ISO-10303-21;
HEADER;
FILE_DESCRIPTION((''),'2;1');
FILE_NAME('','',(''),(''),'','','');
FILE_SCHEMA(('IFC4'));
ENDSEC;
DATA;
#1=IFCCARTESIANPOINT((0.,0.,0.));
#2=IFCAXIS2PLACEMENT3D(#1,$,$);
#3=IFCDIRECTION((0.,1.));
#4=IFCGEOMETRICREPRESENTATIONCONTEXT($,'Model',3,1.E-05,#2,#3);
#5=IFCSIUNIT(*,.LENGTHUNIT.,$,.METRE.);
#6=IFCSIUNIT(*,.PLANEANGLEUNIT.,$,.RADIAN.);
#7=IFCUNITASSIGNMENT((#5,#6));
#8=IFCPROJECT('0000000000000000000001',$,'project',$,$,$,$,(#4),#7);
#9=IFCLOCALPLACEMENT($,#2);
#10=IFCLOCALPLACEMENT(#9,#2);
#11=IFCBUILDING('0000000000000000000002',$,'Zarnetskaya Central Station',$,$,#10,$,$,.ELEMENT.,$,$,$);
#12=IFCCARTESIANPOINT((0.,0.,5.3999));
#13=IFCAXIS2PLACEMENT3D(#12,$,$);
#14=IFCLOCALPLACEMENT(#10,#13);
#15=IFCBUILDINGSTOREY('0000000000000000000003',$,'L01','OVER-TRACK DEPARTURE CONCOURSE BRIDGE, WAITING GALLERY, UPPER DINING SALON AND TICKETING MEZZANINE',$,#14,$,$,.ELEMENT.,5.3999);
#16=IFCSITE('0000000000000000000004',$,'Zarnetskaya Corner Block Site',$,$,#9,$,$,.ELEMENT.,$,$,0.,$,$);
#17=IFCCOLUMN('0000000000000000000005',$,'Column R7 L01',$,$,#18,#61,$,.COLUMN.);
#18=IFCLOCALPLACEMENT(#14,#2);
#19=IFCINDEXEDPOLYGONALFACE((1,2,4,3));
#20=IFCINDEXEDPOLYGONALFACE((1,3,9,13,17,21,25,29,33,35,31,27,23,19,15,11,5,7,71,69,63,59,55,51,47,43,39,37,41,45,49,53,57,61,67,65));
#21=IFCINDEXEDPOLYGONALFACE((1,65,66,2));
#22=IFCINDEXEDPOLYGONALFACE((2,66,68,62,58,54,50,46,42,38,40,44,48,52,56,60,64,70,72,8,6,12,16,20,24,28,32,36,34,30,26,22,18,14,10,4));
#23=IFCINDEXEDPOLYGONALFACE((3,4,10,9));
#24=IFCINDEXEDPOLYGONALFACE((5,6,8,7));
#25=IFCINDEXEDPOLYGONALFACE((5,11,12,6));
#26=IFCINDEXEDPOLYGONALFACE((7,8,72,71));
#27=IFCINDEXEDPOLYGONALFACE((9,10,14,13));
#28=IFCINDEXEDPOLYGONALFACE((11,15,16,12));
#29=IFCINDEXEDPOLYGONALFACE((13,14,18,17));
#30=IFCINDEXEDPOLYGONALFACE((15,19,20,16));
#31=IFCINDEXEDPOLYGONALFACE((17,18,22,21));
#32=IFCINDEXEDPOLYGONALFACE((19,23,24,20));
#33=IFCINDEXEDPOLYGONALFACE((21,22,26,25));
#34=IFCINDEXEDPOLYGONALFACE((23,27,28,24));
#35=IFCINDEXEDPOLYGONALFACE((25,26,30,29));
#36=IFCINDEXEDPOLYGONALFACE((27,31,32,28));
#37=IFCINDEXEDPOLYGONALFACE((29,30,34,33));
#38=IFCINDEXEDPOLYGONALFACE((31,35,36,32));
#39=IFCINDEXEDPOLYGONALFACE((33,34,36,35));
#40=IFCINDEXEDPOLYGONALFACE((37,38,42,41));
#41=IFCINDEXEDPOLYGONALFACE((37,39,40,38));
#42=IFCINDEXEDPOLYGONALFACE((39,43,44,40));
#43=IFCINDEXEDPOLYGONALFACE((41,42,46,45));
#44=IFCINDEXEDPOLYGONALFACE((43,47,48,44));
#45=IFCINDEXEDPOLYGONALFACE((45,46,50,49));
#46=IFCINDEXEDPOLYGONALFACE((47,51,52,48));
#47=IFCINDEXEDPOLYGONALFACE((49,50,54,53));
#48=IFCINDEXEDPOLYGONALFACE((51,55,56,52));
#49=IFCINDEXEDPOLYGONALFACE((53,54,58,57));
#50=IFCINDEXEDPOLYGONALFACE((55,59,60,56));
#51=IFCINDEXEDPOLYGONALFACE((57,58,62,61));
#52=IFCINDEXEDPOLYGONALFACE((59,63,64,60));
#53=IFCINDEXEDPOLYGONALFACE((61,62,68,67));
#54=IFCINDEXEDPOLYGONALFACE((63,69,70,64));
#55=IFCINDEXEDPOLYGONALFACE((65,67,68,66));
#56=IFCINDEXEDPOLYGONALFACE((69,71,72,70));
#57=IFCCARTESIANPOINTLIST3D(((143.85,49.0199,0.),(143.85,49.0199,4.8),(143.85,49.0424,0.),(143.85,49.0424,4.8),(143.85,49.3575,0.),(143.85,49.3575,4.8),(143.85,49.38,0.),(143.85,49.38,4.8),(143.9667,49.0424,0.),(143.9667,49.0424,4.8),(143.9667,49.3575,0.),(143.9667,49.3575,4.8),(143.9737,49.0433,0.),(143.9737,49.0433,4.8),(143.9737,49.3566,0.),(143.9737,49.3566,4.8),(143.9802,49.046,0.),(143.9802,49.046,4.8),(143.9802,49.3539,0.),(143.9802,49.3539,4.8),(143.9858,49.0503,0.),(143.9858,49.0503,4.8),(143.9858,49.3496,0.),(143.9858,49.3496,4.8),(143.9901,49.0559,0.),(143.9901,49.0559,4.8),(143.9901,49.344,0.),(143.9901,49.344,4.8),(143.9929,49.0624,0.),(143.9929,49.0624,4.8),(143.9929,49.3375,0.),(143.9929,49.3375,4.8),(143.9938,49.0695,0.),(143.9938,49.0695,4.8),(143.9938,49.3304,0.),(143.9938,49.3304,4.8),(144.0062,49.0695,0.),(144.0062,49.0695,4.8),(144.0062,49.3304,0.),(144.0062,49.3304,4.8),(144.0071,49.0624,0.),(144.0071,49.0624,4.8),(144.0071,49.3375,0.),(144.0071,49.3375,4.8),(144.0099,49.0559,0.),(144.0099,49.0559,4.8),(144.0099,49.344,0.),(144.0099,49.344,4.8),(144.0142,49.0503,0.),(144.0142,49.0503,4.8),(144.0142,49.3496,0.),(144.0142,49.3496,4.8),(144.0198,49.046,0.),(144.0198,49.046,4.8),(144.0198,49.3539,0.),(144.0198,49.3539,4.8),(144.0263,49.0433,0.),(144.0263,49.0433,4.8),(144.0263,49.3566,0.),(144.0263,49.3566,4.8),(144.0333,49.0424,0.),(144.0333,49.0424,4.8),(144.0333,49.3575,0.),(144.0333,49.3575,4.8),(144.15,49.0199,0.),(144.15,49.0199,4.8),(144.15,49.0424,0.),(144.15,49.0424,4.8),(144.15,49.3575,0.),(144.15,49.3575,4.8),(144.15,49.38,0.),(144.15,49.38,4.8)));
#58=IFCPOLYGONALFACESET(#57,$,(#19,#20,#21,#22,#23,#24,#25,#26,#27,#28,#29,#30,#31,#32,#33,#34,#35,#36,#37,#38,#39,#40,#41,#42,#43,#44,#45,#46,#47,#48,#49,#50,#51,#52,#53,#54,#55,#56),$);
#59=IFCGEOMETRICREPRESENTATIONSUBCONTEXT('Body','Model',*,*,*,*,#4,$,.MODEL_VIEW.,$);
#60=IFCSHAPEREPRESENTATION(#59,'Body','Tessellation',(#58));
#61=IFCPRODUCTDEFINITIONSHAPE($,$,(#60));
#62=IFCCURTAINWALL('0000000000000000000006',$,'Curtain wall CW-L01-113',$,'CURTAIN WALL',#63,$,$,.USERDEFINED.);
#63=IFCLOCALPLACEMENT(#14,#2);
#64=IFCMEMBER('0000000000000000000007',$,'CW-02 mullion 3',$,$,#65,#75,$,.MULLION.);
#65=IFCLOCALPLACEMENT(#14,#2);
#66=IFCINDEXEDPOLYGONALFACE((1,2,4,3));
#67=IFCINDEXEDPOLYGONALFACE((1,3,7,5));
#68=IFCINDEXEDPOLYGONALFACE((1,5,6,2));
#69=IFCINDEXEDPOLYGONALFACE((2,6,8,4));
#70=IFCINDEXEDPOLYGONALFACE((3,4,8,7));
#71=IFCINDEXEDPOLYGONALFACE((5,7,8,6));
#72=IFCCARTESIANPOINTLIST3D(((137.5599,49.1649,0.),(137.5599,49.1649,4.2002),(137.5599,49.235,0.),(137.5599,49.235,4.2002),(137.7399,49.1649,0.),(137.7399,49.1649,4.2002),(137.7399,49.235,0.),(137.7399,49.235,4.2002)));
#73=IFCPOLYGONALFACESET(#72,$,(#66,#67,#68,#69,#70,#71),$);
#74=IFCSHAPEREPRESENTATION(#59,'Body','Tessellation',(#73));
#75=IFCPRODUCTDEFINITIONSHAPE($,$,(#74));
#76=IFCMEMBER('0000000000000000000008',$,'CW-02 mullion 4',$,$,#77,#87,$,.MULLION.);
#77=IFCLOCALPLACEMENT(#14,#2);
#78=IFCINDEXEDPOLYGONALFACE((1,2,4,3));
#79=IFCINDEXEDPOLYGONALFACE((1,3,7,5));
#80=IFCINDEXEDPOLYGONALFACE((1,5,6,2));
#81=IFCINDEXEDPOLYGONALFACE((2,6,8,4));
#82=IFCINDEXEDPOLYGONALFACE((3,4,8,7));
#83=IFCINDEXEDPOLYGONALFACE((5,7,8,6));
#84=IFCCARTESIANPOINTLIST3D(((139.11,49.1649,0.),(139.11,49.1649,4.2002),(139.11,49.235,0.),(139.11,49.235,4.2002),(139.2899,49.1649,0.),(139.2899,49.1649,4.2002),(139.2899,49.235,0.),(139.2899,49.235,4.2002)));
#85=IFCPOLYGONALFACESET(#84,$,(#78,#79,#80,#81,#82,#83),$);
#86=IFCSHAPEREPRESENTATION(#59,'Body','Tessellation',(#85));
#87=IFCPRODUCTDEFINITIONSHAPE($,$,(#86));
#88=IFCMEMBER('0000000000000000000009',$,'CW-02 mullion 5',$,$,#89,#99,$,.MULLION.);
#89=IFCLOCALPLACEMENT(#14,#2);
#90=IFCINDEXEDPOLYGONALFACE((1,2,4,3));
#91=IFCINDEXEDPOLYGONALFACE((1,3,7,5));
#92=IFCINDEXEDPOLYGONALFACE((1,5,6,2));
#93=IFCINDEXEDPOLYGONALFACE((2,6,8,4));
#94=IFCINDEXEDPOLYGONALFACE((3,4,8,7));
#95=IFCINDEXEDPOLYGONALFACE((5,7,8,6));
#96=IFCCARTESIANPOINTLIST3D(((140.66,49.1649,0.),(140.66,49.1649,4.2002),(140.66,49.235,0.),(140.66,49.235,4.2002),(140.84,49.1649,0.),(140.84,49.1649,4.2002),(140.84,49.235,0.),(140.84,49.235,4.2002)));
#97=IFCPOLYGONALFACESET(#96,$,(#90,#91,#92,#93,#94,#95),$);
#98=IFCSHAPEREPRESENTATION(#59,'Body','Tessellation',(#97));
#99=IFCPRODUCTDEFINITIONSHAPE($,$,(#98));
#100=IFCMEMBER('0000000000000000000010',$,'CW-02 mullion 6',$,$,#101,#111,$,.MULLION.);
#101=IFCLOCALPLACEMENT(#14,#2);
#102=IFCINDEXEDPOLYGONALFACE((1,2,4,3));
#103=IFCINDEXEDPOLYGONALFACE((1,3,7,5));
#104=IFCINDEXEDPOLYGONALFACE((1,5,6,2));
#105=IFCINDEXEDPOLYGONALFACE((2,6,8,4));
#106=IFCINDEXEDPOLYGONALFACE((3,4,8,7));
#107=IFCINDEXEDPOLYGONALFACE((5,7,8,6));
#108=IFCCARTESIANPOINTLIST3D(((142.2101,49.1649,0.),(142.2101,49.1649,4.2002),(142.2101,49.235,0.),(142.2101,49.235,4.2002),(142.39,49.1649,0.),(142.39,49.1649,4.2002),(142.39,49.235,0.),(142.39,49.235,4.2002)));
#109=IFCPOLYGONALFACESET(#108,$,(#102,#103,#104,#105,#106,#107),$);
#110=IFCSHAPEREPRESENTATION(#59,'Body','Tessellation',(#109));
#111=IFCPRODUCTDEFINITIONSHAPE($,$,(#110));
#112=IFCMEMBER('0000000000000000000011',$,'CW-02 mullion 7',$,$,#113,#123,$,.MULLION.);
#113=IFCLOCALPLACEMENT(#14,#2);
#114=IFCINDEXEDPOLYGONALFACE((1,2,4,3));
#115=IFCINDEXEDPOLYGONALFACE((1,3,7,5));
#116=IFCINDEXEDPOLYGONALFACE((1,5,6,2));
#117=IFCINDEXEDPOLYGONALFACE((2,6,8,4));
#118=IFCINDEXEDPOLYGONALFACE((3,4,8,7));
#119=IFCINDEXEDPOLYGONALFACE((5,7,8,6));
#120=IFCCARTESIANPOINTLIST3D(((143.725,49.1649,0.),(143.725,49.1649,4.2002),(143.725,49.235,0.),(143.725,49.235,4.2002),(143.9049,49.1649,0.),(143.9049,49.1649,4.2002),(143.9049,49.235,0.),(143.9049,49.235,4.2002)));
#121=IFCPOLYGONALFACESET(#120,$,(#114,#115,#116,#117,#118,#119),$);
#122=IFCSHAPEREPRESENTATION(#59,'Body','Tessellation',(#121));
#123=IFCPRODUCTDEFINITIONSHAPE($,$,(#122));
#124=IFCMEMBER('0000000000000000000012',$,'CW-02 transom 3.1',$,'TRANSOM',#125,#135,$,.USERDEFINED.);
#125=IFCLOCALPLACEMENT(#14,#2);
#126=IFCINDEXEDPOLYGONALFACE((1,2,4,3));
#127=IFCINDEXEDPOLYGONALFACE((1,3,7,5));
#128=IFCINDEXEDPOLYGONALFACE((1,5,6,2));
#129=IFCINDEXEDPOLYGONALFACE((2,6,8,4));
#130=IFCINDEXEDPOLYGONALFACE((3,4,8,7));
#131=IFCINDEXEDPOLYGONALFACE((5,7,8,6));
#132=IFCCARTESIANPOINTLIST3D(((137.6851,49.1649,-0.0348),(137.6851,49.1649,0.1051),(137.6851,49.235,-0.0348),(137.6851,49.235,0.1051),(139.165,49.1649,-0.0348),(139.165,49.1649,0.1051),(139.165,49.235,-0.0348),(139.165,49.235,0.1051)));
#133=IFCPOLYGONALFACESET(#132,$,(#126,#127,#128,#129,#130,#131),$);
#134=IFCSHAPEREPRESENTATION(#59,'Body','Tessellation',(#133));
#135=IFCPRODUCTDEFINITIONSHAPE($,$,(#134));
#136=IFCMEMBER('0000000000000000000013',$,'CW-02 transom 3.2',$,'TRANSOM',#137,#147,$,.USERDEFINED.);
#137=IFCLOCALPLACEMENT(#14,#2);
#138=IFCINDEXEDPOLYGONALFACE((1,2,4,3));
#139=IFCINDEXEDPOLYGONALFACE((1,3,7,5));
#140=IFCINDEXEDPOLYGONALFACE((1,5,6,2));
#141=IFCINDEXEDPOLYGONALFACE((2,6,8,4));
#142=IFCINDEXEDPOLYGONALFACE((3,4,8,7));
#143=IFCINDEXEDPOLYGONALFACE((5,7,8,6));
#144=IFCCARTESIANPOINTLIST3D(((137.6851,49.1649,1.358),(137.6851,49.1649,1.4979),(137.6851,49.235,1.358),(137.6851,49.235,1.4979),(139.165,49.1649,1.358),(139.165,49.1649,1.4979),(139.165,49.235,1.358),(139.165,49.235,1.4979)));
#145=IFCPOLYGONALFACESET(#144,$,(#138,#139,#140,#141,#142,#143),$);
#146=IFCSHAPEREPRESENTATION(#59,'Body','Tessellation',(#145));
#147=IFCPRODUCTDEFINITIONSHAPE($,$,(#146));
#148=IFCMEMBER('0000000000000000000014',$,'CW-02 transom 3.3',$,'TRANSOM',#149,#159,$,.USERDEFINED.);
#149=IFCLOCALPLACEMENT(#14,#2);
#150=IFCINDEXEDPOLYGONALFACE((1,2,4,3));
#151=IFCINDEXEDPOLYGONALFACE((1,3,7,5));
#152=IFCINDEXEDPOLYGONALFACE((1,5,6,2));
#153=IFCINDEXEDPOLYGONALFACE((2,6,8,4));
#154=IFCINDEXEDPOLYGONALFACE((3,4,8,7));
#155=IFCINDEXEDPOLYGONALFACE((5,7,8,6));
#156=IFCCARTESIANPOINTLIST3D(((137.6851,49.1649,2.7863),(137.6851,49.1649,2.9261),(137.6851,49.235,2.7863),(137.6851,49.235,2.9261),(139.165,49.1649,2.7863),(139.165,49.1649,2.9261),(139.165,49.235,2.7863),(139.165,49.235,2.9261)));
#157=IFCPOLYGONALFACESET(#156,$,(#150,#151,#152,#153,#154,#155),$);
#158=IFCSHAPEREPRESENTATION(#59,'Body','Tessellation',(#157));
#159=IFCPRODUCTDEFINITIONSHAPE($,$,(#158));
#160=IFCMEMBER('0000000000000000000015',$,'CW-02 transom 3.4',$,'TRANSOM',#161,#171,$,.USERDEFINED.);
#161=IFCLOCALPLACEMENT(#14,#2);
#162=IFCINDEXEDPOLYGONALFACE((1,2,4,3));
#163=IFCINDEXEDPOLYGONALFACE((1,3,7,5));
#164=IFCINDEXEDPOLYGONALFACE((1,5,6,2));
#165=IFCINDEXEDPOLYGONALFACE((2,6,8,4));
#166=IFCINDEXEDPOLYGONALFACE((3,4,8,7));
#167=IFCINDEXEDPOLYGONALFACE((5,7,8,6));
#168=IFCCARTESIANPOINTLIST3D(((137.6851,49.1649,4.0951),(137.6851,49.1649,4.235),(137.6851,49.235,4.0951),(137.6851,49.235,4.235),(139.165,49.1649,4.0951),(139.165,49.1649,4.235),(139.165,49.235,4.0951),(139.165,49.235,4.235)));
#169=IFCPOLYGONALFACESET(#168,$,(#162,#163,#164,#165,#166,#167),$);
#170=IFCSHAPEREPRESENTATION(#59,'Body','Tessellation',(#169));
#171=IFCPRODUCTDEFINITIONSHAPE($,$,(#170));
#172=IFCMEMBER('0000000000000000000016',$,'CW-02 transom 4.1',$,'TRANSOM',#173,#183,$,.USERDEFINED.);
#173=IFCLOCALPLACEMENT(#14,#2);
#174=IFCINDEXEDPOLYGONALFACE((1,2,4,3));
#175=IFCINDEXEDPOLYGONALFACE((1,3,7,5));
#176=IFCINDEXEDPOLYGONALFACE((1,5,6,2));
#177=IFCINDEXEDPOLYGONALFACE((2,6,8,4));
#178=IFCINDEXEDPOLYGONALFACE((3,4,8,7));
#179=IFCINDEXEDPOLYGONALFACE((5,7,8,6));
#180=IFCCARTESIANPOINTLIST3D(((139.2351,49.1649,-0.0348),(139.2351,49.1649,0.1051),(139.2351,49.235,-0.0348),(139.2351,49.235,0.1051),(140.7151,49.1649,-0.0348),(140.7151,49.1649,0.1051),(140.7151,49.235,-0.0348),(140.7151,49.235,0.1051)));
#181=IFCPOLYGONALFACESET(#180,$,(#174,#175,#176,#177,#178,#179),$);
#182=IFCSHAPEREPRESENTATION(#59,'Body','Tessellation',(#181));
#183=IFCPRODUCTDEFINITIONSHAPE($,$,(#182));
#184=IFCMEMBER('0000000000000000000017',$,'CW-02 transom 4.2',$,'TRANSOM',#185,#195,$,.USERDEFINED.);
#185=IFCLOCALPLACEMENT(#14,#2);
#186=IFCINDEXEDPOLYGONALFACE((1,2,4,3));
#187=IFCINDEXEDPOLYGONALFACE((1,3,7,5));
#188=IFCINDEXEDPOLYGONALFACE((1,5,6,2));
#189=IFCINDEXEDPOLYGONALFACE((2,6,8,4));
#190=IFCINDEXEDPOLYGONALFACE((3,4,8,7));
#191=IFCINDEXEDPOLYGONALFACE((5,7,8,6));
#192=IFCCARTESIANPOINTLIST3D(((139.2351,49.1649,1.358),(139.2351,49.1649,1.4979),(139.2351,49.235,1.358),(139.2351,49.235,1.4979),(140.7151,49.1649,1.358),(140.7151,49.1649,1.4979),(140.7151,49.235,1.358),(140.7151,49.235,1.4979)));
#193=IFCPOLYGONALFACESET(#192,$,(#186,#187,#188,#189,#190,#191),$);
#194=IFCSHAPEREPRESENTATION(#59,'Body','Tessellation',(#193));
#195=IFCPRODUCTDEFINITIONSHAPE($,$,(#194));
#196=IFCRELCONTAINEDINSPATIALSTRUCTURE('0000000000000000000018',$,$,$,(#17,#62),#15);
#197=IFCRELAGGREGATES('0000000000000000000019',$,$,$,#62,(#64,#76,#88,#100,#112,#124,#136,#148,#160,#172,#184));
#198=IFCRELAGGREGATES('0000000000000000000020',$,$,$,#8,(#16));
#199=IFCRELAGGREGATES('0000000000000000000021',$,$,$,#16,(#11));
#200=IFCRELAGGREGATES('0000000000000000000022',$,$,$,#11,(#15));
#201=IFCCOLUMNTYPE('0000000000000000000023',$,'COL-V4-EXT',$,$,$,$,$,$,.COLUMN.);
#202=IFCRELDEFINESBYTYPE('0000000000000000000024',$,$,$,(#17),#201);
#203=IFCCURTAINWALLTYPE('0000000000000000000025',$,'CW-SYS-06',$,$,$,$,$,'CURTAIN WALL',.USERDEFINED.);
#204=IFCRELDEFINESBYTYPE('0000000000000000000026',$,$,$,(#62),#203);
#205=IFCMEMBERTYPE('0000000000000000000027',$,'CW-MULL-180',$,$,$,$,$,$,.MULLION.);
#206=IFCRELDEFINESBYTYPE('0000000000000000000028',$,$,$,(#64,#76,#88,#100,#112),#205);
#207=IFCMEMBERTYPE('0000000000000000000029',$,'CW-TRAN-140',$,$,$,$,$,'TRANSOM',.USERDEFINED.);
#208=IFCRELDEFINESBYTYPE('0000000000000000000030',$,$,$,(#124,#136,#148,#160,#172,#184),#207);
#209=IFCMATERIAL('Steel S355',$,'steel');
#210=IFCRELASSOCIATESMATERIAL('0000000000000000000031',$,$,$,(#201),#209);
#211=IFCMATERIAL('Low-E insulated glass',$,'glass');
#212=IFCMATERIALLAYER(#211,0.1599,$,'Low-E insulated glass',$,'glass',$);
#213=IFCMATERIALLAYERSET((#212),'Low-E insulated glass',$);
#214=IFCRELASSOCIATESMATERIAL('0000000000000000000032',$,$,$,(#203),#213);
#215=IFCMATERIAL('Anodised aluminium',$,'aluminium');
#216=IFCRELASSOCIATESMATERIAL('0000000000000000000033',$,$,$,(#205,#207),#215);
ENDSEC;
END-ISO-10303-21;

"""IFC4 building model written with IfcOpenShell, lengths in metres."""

from ifc_helpers import new_model, si_unit, direction, frame, origin, origin_2d, place, context, subcontext, project, spatial, rectangle, i_section, extrude, material, layer, layer_set, material_profile, profile_set, type_object, element, aggregate, save


model = new_model("IFC4")

# Units and contexts
model_context = context("Model", 3, precision=1e-05, world=origin(), true_north=direction((0.0, 1.0)))
body_context = subcontext(model_context, "Body", "Model", "MODEL_VIEW")
ifc_project = project(units=[si_unit("LENGTHUNIT", "METRE"), si_unit("PLANEANGLEUNIT", "RADIAN")], contexts=[model_context])

# Site, building, storey
site_placement = place(None, origin())
site = spatial("IfcSite", under=ifc_project, at=site_placement, Name="Zarnetskaya Corner Block Site", CompositionType="ELEMENT", RefElevation=0.0)
building_placement = place(site_placement, origin())
building = spatial("IfcBuilding", under=site, at=building_placement, Name="Zarnetskaya Central Station", CompositionType="ELEMENT")
storey_placement = place(building_placement, frame((0.0, 0.0, 5.3999)))
storey = spatial("IfcBuildingStorey", under=building, at=storey_placement, Name="L01", Description="OVER-TRACK DEPARTURE CONCOURSE BRIDGE, WAITING GALLERY, UPPER DINING SALON AND TICKETING MEZZANINE", CompositionType="ELEMENT", Elevation=5.3999)

# Column
ifc_material_1 = material(Name="Steel S355", Category="steel")
ifc_material_profile_1 = material_profile(ifc_material_1, i_section(OverallWidth=0.3, OverallDepth=0.3601, WebThickness=0.0125, FlangeThickness=0.0225, FilletRadius=0.0271, at=origin_2d()), Name="HEB 360")
ifc_profile_set_1 = profile_set([ifc_material_profile_1], Name="Steel S355")
column_type = type_object("IfcColumnType", Name="COL-V4-EXT", PredefinedType="COLUMN", material=ifc_profile_set_1)
column_placement = place(storey_placement, frame((144.0, 49.2, 0.0), z_axis=(0.0, 0.0, 1.0), x_axis=(1.0, 0.0, 0.0)))
element("IfcColumn", 1, at=column_placement, inside=storey, type_object=column_type, Name="Column R7 L01", PredefinedType="COLUMN", context=body_context, shape_type="SweptSolid", body=[
    extrude(i_section(OverallWidth=0.3, OverallDepth=0.3601, WebThickness=0.0125, FlangeThickness=0.0225, FilletRadius=0.0271, at=origin_2d()), origin(), (0.0, 0.0, 1.0), 4.8),
])

# Curtain wall, members
ifc_material_2 = material(Name="Low-E insulated glass", Category="glass")
ifc_layer_1 = layer(ifc_material_2, 0.1599, Name="Low-E insulated glass", Category="glass")
ifc_layer_set_1 = layer_set([ifc_layer_1], Name="Low-E insulated glass")
curtain_wall_type = type_object("IfcCurtainWallType", Name="CW-SYS-06", ElementType="CURTAIN WALL", PredefinedType="USERDEFINED", material=ifc_layer_set_1)
curtain_wall_placement = place(storey_placement, origin())
curtain_wall = element("IfcCurtainWall", 2, at=curtain_wall_placement, inside=storey, type_object=curtain_wall_type, Name="Curtain wall CW-L01-113", ObjectType="CURTAIN WALL", PredefinedType="USERDEFINED")
ifc_material_3 = material(Name="Anodised aluminium", Category="aluminium")
ifc_material_profile_2 = material_profile(ifc_material_3, rectangle(XDim=0.0701, YDim=0.1799, at=origin_2d()), Name="ALU MULL 70x180")
ifc_profile_set_2 = profile_set([ifc_material_profile_2], Name="Anodised aluminium")
member_type_1 = type_object("IfcMemberType", Name="CW-MULL-180", PredefinedType="MULLION", material=ifc_profile_set_2)
member_1_placement = place(storey_placement, frame((137.6499, 49.2, 0.0), z_axis=(0.0, 0.0, 1.0), x_axis=(0.0, 1.0, 0.0)))
member_1 = element("IfcMember", 3, at=member_1_placement, type_object=member_type_1, Name="CW-02 mullion 3", PredefinedType="MULLION", context=body_context, shape_type="SweptSolid", body=[
    extrude(rectangle(XDim=0.0701, YDim=0.1799, at=origin_2d()), origin(), (0.0, 0.0, 1.0), 4.2002),
])
member_2_placement = place(storey_placement, frame((139.2, 49.2, 0.0), z_axis=(0.0, 0.0, 1.0), x_axis=(0.0, 1.0, 0.0)))
member_2 = element("IfcMember", 4, at=member_2_placement, type_object=member_type_1, Name="CW-02 mullion 4", PredefinedType="MULLION", context=body_context, shape_type="SweptSolid", body=[
    extrude(rectangle(XDim=0.0701, YDim=0.1799, at=origin_2d()), origin(), (0.0, 0.0, 1.0), 4.2002),
])
member_3_placement = place(storey_placement, frame((140.75, 49.2, 0.0), z_axis=(0.0, 0.0, 1.0), x_axis=(0.0, 1.0, 0.0)))
member_3 = element("IfcMember", 5, at=member_3_placement, type_object=member_type_1, Name="CW-02 mullion 5", PredefinedType="MULLION", context=body_context, shape_type="SweptSolid", body=[
    extrude(rectangle(XDim=0.0701, YDim=0.1799, at=origin_2d()), origin(), (0.0, 0.0, 1.0), 4.2002),
])
member_4_placement = place(storey_placement, frame((142.3, 49.2, 0.0), z_axis=(0.0, 0.0, 1.0), x_axis=(0.0, 1.0, 0.0)))
member_4 = element("IfcMember", 6, at=member_4_placement, type_object=member_type_1, Name="CW-02 mullion 6", PredefinedType="MULLION", context=body_context, shape_type="SweptSolid", body=[
    extrude(rectangle(XDim=0.0701, YDim=0.1799, at=origin_2d()), origin(), (0.0, 0.0, 1.0), 4.2002),
])
member_5_placement = place(storey_placement, frame((143.8149, 49.2, 0.0), z_axis=(0.0, 0.0, 1.0), x_axis=(0.0, 1.0, 0.0)))
member_5 = element("IfcMember", 7, at=member_5_placement, type_object=member_type_1, Name="CW-02 mullion 7", PredefinedType="MULLION", context=body_context, shape_type="SweptSolid", body=[
    extrude(rectangle(XDim=0.0701, YDim=0.1799, at=origin_2d()), origin(), (0.0, 0.0, 1.0), 4.2002),
])
ifc_material_profile_3 = material_profile(ifc_material_3, rectangle(XDim=0.0701, YDim=0.1399, at=origin_2d()), Name="ALU TRAN 70x140")
ifc_profile_set_3 = profile_set([ifc_material_profile_3], Name="Anodised aluminium")
member_type_2 = type_object("IfcMemberType", Name="CW-TRAN-140", ElementType="TRANSOM", PredefinedType="USERDEFINED", material=ifc_profile_set_3)
member_6_placement = place(storey_placement, frame((137.6851, 49.2, 0.0352), z_axis=(1.0, 0.0, 0.0), x_axis=(0.0, 1.0, 0.0)))
member_6 = element("IfcMember", 8, at=member_6_placement, type_object=member_type_2, Name="CW-02 transom 3.1", ObjectType="TRANSOM", PredefinedType="USERDEFINED", context=body_context, shape_type="SweptSolid", body=[
    extrude(rectangle(XDim=0.0701, YDim=0.1399, at=origin_2d()), origin(), (0.0, 0.0, 1.0), 1.48),
])
member_7_placement = place(storey_placement, frame((137.6851, 49.2, 1.428), z_axis=(1.0, 0.0, 0.0), x_axis=(0.0, 1.0, 0.0)))
member_7 = element("IfcMember", 9, at=member_7_placement, type_object=member_type_2, Name="CW-02 transom 3.2", ObjectType="TRANSOM", PredefinedType="USERDEFINED", context=body_context, shape_type="SweptSolid", body=[
    extrude(rectangle(XDim=0.0701, YDim=0.1399, at=origin_2d()), origin(), (0.0, 0.0, 1.0), 1.48),
])
member_8_placement = place(storey_placement, frame((137.6851, 49.2, 2.8562), z_axis=(1.0, 0.0, 0.0), x_axis=(0.0, 1.0, 0.0)))
member_8 = element("IfcMember", 10, at=member_8_placement, type_object=member_type_2, Name="CW-02 transom 3.3", ObjectType="TRANSOM", PredefinedType="USERDEFINED", context=body_context, shape_type="SweptSolid", body=[
    extrude(rectangle(XDim=0.0701, YDim=0.1399, at=origin_2d()), origin(), (0.0, 0.0, 1.0), 1.48),
])
member_9_placement = place(storey_placement, frame((137.6851, 49.2, 4.165), z_axis=(1.0, 0.0, 0.0), x_axis=(0.0, 1.0, 0.0)))
member_9 = element("IfcMember", 11, at=member_9_placement, type_object=member_type_2, Name="CW-02 transom 3.4", ObjectType="TRANSOM", PredefinedType="USERDEFINED", context=body_context, shape_type="SweptSolid", body=[
    extrude(rectangle(XDim=0.0701, YDim=0.1399, at=origin_2d()), origin(), (0.0, 0.0, 1.0), 1.48),
])
member_10_placement = place(storey_placement, frame((139.2351, 49.2, 0.0352), z_axis=(1.0, 0.0, 0.0), x_axis=(0.0, 1.0, 0.0)))
member_10 = element("IfcMember", 12, at=member_10_placement, type_object=member_type_2, Name="CW-02 transom 4.1", ObjectType="TRANSOM", PredefinedType="USERDEFINED", context=body_context, shape_type="SweptSolid", body=[
    extrude(rectangle(XDim=0.0701, YDim=0.1399, at=origin_2d()), origin(), (0.0, 0.0, 1.0), 1.48),
])
member_11_placement = place(storey_placement, frame((139.2351, 49.2, 1.428), z_axis=(1.0, 0.0, 0.0), x_axis=(0.0, 1.0, 0.0)))
member_11 = element("IfcMember", 13, at=member_11_placement, type_object=member_type_2, Name="CW-02 transom 4.2", ObjectType="TRANSOM", PredefinedType="USERDEFINED", context=body_context, shape_type="SweptSolid", body=[
    extrude(rectangle(XDim=0.0701, YDim=0.1399, at=origin_2d()), origin(), (0.0, 0.0, 1.0), 1.48),
])

aggregate(curtain_wall, [member_1, member_2, member_3, member_4, member_5, member_6, member_7, member_8, member_9, member_10, member_11])

save(model, "model.ifc")
